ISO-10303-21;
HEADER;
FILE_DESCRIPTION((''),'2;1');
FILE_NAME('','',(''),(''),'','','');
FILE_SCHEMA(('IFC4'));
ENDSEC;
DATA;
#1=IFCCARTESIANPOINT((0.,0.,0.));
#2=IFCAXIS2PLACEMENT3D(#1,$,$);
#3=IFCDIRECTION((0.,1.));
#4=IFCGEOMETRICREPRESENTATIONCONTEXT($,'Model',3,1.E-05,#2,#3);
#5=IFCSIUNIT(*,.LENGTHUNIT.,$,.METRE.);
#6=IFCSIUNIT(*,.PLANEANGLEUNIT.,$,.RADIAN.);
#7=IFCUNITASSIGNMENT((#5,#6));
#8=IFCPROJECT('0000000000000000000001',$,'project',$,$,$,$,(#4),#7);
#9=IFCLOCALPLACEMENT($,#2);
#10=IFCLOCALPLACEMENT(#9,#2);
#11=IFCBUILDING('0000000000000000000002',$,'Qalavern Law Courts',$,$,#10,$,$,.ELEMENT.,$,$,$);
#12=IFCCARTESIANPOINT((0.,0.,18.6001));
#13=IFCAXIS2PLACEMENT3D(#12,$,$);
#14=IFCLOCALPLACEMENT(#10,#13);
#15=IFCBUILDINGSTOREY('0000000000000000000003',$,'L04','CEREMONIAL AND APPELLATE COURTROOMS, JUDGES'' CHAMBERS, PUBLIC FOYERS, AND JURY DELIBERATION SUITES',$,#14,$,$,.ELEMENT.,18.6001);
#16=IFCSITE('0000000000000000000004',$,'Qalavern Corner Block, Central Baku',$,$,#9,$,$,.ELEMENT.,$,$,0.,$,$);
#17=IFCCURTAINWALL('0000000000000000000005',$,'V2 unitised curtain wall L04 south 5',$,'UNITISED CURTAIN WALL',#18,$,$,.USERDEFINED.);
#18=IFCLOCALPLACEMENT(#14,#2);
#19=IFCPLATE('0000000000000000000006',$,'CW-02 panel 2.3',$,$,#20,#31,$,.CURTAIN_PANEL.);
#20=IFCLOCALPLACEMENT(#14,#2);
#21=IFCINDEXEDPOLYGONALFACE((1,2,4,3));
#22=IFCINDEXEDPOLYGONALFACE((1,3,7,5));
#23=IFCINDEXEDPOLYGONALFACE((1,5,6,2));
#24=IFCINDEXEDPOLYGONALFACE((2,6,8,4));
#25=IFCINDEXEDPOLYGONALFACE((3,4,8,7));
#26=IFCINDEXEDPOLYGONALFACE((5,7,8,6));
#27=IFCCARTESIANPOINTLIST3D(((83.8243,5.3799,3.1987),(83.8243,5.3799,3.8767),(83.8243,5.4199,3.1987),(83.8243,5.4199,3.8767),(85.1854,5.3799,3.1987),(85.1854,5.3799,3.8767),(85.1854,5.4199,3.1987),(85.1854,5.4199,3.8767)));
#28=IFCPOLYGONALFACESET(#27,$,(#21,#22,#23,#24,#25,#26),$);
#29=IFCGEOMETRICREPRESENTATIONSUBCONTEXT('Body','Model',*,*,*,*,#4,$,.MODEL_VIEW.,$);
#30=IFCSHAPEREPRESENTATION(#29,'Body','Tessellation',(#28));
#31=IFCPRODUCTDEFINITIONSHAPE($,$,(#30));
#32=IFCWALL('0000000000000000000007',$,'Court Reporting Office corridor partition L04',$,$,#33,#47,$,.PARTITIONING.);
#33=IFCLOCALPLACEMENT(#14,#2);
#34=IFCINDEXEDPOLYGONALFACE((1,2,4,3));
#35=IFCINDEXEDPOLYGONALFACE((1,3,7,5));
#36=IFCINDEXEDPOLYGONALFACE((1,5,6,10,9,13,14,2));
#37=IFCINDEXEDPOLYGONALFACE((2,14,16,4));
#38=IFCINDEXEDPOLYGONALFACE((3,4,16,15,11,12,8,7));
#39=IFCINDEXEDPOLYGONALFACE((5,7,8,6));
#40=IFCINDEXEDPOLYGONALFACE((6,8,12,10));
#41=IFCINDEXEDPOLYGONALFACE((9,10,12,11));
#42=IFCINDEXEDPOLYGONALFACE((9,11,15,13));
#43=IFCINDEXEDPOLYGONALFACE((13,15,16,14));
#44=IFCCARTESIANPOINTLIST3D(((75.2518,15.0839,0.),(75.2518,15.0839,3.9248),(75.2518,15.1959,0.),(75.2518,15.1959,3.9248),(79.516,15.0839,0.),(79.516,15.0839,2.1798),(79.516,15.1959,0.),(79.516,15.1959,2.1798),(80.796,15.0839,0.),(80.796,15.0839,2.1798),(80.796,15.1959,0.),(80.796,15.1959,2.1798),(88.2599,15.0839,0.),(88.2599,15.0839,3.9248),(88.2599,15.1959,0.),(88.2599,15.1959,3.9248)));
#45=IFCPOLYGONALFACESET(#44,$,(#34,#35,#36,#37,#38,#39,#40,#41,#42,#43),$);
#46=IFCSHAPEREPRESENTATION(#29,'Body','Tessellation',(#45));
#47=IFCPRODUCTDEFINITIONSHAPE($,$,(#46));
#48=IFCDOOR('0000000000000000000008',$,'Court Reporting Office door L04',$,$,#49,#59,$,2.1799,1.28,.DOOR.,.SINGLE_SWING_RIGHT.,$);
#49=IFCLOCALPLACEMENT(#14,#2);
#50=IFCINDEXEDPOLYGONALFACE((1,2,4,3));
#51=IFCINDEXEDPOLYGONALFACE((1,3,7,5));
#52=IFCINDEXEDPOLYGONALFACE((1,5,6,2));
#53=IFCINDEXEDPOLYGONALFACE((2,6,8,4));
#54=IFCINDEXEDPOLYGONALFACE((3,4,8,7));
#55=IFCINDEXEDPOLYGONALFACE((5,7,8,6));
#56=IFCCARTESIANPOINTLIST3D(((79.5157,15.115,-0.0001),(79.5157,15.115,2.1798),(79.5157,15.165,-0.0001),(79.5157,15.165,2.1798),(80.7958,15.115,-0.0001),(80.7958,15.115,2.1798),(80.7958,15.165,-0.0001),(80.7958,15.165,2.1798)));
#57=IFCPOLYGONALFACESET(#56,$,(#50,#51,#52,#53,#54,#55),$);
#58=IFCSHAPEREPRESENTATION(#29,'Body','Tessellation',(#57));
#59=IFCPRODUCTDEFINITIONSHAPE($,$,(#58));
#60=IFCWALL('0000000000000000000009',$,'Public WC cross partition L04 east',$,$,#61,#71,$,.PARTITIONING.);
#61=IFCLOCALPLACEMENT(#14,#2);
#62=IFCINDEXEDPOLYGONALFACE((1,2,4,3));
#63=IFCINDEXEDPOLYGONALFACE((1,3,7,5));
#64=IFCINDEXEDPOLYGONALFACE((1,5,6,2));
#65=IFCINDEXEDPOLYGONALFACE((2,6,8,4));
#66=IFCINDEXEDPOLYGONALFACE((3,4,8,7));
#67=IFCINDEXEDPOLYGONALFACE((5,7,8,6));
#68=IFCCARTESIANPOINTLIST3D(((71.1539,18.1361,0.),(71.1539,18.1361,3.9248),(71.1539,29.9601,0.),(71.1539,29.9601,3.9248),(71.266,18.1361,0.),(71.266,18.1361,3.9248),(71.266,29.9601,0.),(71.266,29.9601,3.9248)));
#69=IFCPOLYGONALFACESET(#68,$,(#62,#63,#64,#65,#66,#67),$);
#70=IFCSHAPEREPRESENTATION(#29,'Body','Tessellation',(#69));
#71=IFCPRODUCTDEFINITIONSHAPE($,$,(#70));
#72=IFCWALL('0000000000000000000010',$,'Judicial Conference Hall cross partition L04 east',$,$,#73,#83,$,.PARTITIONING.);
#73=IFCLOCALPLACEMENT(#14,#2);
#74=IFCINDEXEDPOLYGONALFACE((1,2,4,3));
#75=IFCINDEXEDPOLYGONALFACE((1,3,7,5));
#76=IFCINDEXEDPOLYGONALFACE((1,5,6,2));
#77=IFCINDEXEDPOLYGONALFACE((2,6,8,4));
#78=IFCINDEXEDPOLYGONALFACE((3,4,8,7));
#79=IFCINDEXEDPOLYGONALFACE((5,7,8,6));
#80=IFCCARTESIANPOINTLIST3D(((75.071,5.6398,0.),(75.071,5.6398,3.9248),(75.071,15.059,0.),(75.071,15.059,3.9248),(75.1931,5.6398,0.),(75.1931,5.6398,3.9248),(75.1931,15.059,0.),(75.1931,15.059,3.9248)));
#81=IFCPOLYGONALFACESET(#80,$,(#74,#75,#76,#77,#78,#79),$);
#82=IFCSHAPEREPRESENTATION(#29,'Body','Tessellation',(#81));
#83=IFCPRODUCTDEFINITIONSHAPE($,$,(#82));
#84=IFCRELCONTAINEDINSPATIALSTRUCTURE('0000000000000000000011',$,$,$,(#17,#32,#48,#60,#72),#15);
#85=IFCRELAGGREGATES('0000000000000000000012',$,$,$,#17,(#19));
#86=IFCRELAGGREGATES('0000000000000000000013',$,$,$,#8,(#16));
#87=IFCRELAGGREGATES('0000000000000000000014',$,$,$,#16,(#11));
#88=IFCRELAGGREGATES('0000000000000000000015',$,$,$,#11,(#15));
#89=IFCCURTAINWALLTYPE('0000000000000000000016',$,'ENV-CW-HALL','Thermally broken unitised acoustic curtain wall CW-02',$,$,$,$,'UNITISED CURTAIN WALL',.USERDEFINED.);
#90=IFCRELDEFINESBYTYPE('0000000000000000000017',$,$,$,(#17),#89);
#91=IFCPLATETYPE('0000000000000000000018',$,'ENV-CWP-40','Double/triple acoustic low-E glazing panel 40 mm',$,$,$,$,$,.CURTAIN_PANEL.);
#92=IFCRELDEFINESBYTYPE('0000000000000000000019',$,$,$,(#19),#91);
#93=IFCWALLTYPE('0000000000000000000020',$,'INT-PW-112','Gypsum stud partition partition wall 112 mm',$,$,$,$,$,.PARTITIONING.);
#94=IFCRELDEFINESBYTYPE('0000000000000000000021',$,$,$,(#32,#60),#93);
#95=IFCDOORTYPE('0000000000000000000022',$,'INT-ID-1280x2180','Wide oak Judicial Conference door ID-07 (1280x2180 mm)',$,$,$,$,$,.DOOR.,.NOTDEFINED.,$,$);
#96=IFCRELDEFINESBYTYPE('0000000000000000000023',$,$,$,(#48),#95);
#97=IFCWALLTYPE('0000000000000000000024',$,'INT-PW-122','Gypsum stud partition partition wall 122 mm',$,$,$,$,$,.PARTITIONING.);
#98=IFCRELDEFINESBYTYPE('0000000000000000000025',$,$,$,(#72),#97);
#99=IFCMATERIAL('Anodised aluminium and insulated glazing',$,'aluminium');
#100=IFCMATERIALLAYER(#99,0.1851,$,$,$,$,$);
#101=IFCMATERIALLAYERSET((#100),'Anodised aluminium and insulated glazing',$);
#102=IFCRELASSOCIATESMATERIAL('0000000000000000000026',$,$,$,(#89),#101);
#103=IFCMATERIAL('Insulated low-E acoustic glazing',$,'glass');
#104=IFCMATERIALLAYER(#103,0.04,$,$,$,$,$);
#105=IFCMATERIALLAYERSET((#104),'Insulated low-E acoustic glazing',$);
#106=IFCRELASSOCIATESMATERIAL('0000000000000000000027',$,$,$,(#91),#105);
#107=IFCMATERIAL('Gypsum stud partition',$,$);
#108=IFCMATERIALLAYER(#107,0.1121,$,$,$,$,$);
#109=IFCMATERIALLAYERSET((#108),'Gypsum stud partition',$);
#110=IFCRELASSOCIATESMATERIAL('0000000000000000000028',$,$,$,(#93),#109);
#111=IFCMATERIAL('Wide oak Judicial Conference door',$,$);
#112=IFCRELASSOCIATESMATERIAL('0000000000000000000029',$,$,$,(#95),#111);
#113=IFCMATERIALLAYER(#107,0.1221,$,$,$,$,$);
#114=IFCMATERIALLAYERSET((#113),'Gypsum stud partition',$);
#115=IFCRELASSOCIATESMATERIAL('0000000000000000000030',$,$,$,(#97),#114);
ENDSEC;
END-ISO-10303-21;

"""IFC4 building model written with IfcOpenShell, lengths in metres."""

from ifc_helpers import new_model, si_unit, direction, frame, frame_2d, origin, origin_2d, place, context, subcontext, project, spatial, rectangle, extrude, material, layer, layer_set, type_object, element, fill, aggregate, save


model = new_model("IFC4")

# Units and contexts
model_context = context("Model", 3, precision=1e-05, world=origin(), true_north=direction((0.0, 1.0)))
body_context = subcontext(model_context, "Body", "Model", "MODEL_VIEW")
ifc_project = project(units=[si_unit("LENGTHUNIT", "METRE"), si_unit("PLANEANGLEUNIT", "RADIAN")], contexts=[model_context])

# Site, building, storey
site_placement = place(None, origin())
site = spatial("IfcSite", under=ifc_project, at=site_placement, Name="Qalavern Corner Block, Central Baku", CompositionType="ELEMENT", RefElevation=0.0)
building_placement = place(site_placement, origin())
building = spatial("IfcBuilding", under=site, at=building_placement, Name="Qalavern Law Courts", CompositionType="ELEMENT")
storey_placement = place(building_placement, frame((0.0, 0.0, 18.6001)))
storey = spatial("IfcBuildingStorey", under=building, at=storey_placement, Name="L04", Description="CEREMONIAL AND APPELLATE COURTROOMS, JUDGES' CHAMBERS, PUBLIC FOYERS, AND JURY DELIBERATION SUITES", CompositionType="ELEMENT", Elevation=18.6001)

# Curtain wall
ifc_material_1 = material(Name="Anodised aluminium and insulated glazing", Category="aluminium")
ifc_layer_1 = layer(ifc_material_1, 0.1851)
ifc_layer_set_1 = layer_set([ifc_layer_1], Name="Anodised aluminium and insulated glazing")
curtain_wall_type = type_object("IfcCurtainWallType", Name="ENV-CW-HALL", Description="Thermally broken unitised acoustic curtain wall CW-02", ElementType="UNITISED CURTAIN WALL", PredefinedType="USERDEFINED", material=ifc_layer_set_1)
curtain_wall_placement = place(storey_placement, origin())
curtain_wall = element("IfcCurtainWall", 1, at=curtain_wall_placement, inside=storey, type_object=curtain_wall_type, Name="V2 unitised curtain wall L04 south 5", ObjectType="UNITISED CURTAIN WALL", PredefinedType="USERDEFINED")

# Plate
ifc_material_2 = material(Name="Insulated low-E acoustic glazing", Category="glass")
ifc_layer_2 = layer(ifc_material_2, 0.04)
ifc_layer_set_2 = layer_set([ifc_layer_2], Name="Insulated low-E acoustic glazing")
plate_type = type_object("IfcPlateType", Name="ENV-CWP-40", Description="Double/triple acoustic low-E glazing panel 40 mm", PredefinedType="CURTAIN_PANEL", material=ifc_layer_set_2)
plate_1_placement = place(storey_placement, frame((84.5049, 5.3999, 3.1987), z_axis=(0.0, 0.0, 1.0), x_axis=(1.0, 0.0, 0.0)))
plate_1 = element("IfcPlate", 2, at=plate_1_placement, type_object=plate_type, Name="CW-02 panel 2.3", PredefinedType="CURTAIN_PANEL", context=body_context, shape_type="SweptSolid", body=[
    extrude(rectangle(XDim=1.3611, YDim=0.04, at=origin_2d()), origin(), (0.0, 0.0, 1.0), 0.678),
])
aggregate(curtain_wall, [plate_1])

# Wall, opening, door
ifc_material_3 = material(Name="Gypsum stud partition")
ifc_layer_3 = layer(ifc_material_3, 0.1121)
ifc_layer_set_3 = layer_set([ifc_layer_3], Name="Gypsum stud partition")
wall_type_1 = type_object("IfcWallType", Name="INT-PW-112", Description="Gypsum stud partition partition wall 112 mm", PredefinedType="PARTITIONING", material=ifc_layer_set_3)
wall_1_placement = place(storey_placement, frame((75.252, 15.1399, 0.0), z_axis=(0.0, 0.0, 1.0), x_axis=(1.0, 0.0, 0.0)))
wall_1 = element("IfcWall", 3, at=wall_1_placement, inside=storey, type_object=wall_type_1, Name="Court Reporting Office corridor partition L04", PredefinedType="PARTITIONING", context=body_context, shape_type="SweptSolid", body=[
    extrude(rectangle(XDim=13.0081, YDim=0.1121, at=frame_2d((6.5039, 0.0))), origin(), (0.0, 0.0, 1.0), 3.9248),
])
opening_placement = place(wall_1_placement, frame((4.2639, 0.0, 0.0)))
opening = element("IfcOpeningElement", 4, at=opening_placement, cuts=wall_1, PredefinedType="OPENING", context=body_context, shape_type="SweptSolid", body=[
    extrude(rectangle(XDim=1.28, YDim=2.1799, at=frame_2d((0.6401, 1.0898))), frame((0.0, 0.0708, 0.0), z_axis=(0.0, -1.0, 0.0), x_axis=(1.0, 0.0, 0.0)), (0.0, 0.0, 1.0), 0.1418),
])
ifc_material_4 = material(Name="Wide oak Judicial Conference door")
door_type = type_object("IfcDoorType", Name="INT-ID-1280x2180", Description="Wide oak Judicial Conference door ID-07 (1280x2180 mm)", OperationType="NOTDEFINED", PredefinedType="DOOR", material=ifc_material_4)
door_placement = place(opening_placement, frame((1.28, 0.0, 0.0), z_axis=(0.0, 0.0, 1.0), x_axis=(-1.0, 0.0, 0.0)))
door = element("IfcDoor", 5, at=door_placement, inside=storey, type_object=door_type, Name="Court Reporting Office door L04", OperationType="SINGLE_SWING_RIGHT", OverallHeight=2.1799, OverallWidth=1.28, PredefinedType="DOOR", context=body_context, shape_type="SweptSolid", body=[
    extrude(rectangle(XDim=1.28, YDim=2.1799, at=frame_2d((0.6401, 1.0898))), frame((0.0, 0.0249, 0.0), z_axis=(0.0, -1.0, 0.0), x_axis=(1.0, 0.0, 0.0)), (0.0, 0.0, 1.0), 0.05),
])
fill(opening, door)

# Walls
wall_2_placement = place(storey_placement, frame((71.21, 18.136, 0.0), z_axis=(0.0, 0.0, 1.0), x_axis=(0.0, 1.0, 0.0)))
element("IfcWall", 6, at=wall_2_placement, inside=storey, type_object=wall_type_1, Name="Public WC cross partition L04 east", PredefinedType="PARTITIONING", context=body_context, shape_type="SweptSolid", body=[
    extrude(rectangle(XDim=11.824, YDim=0.1121, at=frame_2d((5.9121, 0.0))), origin(), (0.0, 0.0, 1.0), 3.9248),
])
ifc_layer_4 = layer(ifc_material_3, 0.1221)
ifc_layer_set_4 = layer_set([ifc_layer_4], Name="Gypsum stud partition")
wall_type_2 = type_object("IfcWallType", Name="INT-PW-122", Description="Gypsum stud partition partition wall 122 mm", PredefinedType="PARTITIONING", material=ifc_layer_set_4)
wall_3_placement = place(storey_placement, frame((75.1321, 5.6399, 0.0), z_axis=(0.0, 0.0, 1.0), x_axis=(0.0, 1.0, 0.0)))
element("IfcWall", 7, at=wall_3_placement, inside=storey, type_object=wall_type_2, Name="Judicial Conference Hall cross partition L04 east", PredefinedType="PARTITIONING", context=body_context, shape_type="SweptSolid", body=[
    extrude(rectangle(XDim=9.4192, YDim=0.1221, at=frame_2d((4.7095, 0.0))), origin(), (0.0, 0.0, 1.0), 3.9248),
])

save(model, "model.ifc")
